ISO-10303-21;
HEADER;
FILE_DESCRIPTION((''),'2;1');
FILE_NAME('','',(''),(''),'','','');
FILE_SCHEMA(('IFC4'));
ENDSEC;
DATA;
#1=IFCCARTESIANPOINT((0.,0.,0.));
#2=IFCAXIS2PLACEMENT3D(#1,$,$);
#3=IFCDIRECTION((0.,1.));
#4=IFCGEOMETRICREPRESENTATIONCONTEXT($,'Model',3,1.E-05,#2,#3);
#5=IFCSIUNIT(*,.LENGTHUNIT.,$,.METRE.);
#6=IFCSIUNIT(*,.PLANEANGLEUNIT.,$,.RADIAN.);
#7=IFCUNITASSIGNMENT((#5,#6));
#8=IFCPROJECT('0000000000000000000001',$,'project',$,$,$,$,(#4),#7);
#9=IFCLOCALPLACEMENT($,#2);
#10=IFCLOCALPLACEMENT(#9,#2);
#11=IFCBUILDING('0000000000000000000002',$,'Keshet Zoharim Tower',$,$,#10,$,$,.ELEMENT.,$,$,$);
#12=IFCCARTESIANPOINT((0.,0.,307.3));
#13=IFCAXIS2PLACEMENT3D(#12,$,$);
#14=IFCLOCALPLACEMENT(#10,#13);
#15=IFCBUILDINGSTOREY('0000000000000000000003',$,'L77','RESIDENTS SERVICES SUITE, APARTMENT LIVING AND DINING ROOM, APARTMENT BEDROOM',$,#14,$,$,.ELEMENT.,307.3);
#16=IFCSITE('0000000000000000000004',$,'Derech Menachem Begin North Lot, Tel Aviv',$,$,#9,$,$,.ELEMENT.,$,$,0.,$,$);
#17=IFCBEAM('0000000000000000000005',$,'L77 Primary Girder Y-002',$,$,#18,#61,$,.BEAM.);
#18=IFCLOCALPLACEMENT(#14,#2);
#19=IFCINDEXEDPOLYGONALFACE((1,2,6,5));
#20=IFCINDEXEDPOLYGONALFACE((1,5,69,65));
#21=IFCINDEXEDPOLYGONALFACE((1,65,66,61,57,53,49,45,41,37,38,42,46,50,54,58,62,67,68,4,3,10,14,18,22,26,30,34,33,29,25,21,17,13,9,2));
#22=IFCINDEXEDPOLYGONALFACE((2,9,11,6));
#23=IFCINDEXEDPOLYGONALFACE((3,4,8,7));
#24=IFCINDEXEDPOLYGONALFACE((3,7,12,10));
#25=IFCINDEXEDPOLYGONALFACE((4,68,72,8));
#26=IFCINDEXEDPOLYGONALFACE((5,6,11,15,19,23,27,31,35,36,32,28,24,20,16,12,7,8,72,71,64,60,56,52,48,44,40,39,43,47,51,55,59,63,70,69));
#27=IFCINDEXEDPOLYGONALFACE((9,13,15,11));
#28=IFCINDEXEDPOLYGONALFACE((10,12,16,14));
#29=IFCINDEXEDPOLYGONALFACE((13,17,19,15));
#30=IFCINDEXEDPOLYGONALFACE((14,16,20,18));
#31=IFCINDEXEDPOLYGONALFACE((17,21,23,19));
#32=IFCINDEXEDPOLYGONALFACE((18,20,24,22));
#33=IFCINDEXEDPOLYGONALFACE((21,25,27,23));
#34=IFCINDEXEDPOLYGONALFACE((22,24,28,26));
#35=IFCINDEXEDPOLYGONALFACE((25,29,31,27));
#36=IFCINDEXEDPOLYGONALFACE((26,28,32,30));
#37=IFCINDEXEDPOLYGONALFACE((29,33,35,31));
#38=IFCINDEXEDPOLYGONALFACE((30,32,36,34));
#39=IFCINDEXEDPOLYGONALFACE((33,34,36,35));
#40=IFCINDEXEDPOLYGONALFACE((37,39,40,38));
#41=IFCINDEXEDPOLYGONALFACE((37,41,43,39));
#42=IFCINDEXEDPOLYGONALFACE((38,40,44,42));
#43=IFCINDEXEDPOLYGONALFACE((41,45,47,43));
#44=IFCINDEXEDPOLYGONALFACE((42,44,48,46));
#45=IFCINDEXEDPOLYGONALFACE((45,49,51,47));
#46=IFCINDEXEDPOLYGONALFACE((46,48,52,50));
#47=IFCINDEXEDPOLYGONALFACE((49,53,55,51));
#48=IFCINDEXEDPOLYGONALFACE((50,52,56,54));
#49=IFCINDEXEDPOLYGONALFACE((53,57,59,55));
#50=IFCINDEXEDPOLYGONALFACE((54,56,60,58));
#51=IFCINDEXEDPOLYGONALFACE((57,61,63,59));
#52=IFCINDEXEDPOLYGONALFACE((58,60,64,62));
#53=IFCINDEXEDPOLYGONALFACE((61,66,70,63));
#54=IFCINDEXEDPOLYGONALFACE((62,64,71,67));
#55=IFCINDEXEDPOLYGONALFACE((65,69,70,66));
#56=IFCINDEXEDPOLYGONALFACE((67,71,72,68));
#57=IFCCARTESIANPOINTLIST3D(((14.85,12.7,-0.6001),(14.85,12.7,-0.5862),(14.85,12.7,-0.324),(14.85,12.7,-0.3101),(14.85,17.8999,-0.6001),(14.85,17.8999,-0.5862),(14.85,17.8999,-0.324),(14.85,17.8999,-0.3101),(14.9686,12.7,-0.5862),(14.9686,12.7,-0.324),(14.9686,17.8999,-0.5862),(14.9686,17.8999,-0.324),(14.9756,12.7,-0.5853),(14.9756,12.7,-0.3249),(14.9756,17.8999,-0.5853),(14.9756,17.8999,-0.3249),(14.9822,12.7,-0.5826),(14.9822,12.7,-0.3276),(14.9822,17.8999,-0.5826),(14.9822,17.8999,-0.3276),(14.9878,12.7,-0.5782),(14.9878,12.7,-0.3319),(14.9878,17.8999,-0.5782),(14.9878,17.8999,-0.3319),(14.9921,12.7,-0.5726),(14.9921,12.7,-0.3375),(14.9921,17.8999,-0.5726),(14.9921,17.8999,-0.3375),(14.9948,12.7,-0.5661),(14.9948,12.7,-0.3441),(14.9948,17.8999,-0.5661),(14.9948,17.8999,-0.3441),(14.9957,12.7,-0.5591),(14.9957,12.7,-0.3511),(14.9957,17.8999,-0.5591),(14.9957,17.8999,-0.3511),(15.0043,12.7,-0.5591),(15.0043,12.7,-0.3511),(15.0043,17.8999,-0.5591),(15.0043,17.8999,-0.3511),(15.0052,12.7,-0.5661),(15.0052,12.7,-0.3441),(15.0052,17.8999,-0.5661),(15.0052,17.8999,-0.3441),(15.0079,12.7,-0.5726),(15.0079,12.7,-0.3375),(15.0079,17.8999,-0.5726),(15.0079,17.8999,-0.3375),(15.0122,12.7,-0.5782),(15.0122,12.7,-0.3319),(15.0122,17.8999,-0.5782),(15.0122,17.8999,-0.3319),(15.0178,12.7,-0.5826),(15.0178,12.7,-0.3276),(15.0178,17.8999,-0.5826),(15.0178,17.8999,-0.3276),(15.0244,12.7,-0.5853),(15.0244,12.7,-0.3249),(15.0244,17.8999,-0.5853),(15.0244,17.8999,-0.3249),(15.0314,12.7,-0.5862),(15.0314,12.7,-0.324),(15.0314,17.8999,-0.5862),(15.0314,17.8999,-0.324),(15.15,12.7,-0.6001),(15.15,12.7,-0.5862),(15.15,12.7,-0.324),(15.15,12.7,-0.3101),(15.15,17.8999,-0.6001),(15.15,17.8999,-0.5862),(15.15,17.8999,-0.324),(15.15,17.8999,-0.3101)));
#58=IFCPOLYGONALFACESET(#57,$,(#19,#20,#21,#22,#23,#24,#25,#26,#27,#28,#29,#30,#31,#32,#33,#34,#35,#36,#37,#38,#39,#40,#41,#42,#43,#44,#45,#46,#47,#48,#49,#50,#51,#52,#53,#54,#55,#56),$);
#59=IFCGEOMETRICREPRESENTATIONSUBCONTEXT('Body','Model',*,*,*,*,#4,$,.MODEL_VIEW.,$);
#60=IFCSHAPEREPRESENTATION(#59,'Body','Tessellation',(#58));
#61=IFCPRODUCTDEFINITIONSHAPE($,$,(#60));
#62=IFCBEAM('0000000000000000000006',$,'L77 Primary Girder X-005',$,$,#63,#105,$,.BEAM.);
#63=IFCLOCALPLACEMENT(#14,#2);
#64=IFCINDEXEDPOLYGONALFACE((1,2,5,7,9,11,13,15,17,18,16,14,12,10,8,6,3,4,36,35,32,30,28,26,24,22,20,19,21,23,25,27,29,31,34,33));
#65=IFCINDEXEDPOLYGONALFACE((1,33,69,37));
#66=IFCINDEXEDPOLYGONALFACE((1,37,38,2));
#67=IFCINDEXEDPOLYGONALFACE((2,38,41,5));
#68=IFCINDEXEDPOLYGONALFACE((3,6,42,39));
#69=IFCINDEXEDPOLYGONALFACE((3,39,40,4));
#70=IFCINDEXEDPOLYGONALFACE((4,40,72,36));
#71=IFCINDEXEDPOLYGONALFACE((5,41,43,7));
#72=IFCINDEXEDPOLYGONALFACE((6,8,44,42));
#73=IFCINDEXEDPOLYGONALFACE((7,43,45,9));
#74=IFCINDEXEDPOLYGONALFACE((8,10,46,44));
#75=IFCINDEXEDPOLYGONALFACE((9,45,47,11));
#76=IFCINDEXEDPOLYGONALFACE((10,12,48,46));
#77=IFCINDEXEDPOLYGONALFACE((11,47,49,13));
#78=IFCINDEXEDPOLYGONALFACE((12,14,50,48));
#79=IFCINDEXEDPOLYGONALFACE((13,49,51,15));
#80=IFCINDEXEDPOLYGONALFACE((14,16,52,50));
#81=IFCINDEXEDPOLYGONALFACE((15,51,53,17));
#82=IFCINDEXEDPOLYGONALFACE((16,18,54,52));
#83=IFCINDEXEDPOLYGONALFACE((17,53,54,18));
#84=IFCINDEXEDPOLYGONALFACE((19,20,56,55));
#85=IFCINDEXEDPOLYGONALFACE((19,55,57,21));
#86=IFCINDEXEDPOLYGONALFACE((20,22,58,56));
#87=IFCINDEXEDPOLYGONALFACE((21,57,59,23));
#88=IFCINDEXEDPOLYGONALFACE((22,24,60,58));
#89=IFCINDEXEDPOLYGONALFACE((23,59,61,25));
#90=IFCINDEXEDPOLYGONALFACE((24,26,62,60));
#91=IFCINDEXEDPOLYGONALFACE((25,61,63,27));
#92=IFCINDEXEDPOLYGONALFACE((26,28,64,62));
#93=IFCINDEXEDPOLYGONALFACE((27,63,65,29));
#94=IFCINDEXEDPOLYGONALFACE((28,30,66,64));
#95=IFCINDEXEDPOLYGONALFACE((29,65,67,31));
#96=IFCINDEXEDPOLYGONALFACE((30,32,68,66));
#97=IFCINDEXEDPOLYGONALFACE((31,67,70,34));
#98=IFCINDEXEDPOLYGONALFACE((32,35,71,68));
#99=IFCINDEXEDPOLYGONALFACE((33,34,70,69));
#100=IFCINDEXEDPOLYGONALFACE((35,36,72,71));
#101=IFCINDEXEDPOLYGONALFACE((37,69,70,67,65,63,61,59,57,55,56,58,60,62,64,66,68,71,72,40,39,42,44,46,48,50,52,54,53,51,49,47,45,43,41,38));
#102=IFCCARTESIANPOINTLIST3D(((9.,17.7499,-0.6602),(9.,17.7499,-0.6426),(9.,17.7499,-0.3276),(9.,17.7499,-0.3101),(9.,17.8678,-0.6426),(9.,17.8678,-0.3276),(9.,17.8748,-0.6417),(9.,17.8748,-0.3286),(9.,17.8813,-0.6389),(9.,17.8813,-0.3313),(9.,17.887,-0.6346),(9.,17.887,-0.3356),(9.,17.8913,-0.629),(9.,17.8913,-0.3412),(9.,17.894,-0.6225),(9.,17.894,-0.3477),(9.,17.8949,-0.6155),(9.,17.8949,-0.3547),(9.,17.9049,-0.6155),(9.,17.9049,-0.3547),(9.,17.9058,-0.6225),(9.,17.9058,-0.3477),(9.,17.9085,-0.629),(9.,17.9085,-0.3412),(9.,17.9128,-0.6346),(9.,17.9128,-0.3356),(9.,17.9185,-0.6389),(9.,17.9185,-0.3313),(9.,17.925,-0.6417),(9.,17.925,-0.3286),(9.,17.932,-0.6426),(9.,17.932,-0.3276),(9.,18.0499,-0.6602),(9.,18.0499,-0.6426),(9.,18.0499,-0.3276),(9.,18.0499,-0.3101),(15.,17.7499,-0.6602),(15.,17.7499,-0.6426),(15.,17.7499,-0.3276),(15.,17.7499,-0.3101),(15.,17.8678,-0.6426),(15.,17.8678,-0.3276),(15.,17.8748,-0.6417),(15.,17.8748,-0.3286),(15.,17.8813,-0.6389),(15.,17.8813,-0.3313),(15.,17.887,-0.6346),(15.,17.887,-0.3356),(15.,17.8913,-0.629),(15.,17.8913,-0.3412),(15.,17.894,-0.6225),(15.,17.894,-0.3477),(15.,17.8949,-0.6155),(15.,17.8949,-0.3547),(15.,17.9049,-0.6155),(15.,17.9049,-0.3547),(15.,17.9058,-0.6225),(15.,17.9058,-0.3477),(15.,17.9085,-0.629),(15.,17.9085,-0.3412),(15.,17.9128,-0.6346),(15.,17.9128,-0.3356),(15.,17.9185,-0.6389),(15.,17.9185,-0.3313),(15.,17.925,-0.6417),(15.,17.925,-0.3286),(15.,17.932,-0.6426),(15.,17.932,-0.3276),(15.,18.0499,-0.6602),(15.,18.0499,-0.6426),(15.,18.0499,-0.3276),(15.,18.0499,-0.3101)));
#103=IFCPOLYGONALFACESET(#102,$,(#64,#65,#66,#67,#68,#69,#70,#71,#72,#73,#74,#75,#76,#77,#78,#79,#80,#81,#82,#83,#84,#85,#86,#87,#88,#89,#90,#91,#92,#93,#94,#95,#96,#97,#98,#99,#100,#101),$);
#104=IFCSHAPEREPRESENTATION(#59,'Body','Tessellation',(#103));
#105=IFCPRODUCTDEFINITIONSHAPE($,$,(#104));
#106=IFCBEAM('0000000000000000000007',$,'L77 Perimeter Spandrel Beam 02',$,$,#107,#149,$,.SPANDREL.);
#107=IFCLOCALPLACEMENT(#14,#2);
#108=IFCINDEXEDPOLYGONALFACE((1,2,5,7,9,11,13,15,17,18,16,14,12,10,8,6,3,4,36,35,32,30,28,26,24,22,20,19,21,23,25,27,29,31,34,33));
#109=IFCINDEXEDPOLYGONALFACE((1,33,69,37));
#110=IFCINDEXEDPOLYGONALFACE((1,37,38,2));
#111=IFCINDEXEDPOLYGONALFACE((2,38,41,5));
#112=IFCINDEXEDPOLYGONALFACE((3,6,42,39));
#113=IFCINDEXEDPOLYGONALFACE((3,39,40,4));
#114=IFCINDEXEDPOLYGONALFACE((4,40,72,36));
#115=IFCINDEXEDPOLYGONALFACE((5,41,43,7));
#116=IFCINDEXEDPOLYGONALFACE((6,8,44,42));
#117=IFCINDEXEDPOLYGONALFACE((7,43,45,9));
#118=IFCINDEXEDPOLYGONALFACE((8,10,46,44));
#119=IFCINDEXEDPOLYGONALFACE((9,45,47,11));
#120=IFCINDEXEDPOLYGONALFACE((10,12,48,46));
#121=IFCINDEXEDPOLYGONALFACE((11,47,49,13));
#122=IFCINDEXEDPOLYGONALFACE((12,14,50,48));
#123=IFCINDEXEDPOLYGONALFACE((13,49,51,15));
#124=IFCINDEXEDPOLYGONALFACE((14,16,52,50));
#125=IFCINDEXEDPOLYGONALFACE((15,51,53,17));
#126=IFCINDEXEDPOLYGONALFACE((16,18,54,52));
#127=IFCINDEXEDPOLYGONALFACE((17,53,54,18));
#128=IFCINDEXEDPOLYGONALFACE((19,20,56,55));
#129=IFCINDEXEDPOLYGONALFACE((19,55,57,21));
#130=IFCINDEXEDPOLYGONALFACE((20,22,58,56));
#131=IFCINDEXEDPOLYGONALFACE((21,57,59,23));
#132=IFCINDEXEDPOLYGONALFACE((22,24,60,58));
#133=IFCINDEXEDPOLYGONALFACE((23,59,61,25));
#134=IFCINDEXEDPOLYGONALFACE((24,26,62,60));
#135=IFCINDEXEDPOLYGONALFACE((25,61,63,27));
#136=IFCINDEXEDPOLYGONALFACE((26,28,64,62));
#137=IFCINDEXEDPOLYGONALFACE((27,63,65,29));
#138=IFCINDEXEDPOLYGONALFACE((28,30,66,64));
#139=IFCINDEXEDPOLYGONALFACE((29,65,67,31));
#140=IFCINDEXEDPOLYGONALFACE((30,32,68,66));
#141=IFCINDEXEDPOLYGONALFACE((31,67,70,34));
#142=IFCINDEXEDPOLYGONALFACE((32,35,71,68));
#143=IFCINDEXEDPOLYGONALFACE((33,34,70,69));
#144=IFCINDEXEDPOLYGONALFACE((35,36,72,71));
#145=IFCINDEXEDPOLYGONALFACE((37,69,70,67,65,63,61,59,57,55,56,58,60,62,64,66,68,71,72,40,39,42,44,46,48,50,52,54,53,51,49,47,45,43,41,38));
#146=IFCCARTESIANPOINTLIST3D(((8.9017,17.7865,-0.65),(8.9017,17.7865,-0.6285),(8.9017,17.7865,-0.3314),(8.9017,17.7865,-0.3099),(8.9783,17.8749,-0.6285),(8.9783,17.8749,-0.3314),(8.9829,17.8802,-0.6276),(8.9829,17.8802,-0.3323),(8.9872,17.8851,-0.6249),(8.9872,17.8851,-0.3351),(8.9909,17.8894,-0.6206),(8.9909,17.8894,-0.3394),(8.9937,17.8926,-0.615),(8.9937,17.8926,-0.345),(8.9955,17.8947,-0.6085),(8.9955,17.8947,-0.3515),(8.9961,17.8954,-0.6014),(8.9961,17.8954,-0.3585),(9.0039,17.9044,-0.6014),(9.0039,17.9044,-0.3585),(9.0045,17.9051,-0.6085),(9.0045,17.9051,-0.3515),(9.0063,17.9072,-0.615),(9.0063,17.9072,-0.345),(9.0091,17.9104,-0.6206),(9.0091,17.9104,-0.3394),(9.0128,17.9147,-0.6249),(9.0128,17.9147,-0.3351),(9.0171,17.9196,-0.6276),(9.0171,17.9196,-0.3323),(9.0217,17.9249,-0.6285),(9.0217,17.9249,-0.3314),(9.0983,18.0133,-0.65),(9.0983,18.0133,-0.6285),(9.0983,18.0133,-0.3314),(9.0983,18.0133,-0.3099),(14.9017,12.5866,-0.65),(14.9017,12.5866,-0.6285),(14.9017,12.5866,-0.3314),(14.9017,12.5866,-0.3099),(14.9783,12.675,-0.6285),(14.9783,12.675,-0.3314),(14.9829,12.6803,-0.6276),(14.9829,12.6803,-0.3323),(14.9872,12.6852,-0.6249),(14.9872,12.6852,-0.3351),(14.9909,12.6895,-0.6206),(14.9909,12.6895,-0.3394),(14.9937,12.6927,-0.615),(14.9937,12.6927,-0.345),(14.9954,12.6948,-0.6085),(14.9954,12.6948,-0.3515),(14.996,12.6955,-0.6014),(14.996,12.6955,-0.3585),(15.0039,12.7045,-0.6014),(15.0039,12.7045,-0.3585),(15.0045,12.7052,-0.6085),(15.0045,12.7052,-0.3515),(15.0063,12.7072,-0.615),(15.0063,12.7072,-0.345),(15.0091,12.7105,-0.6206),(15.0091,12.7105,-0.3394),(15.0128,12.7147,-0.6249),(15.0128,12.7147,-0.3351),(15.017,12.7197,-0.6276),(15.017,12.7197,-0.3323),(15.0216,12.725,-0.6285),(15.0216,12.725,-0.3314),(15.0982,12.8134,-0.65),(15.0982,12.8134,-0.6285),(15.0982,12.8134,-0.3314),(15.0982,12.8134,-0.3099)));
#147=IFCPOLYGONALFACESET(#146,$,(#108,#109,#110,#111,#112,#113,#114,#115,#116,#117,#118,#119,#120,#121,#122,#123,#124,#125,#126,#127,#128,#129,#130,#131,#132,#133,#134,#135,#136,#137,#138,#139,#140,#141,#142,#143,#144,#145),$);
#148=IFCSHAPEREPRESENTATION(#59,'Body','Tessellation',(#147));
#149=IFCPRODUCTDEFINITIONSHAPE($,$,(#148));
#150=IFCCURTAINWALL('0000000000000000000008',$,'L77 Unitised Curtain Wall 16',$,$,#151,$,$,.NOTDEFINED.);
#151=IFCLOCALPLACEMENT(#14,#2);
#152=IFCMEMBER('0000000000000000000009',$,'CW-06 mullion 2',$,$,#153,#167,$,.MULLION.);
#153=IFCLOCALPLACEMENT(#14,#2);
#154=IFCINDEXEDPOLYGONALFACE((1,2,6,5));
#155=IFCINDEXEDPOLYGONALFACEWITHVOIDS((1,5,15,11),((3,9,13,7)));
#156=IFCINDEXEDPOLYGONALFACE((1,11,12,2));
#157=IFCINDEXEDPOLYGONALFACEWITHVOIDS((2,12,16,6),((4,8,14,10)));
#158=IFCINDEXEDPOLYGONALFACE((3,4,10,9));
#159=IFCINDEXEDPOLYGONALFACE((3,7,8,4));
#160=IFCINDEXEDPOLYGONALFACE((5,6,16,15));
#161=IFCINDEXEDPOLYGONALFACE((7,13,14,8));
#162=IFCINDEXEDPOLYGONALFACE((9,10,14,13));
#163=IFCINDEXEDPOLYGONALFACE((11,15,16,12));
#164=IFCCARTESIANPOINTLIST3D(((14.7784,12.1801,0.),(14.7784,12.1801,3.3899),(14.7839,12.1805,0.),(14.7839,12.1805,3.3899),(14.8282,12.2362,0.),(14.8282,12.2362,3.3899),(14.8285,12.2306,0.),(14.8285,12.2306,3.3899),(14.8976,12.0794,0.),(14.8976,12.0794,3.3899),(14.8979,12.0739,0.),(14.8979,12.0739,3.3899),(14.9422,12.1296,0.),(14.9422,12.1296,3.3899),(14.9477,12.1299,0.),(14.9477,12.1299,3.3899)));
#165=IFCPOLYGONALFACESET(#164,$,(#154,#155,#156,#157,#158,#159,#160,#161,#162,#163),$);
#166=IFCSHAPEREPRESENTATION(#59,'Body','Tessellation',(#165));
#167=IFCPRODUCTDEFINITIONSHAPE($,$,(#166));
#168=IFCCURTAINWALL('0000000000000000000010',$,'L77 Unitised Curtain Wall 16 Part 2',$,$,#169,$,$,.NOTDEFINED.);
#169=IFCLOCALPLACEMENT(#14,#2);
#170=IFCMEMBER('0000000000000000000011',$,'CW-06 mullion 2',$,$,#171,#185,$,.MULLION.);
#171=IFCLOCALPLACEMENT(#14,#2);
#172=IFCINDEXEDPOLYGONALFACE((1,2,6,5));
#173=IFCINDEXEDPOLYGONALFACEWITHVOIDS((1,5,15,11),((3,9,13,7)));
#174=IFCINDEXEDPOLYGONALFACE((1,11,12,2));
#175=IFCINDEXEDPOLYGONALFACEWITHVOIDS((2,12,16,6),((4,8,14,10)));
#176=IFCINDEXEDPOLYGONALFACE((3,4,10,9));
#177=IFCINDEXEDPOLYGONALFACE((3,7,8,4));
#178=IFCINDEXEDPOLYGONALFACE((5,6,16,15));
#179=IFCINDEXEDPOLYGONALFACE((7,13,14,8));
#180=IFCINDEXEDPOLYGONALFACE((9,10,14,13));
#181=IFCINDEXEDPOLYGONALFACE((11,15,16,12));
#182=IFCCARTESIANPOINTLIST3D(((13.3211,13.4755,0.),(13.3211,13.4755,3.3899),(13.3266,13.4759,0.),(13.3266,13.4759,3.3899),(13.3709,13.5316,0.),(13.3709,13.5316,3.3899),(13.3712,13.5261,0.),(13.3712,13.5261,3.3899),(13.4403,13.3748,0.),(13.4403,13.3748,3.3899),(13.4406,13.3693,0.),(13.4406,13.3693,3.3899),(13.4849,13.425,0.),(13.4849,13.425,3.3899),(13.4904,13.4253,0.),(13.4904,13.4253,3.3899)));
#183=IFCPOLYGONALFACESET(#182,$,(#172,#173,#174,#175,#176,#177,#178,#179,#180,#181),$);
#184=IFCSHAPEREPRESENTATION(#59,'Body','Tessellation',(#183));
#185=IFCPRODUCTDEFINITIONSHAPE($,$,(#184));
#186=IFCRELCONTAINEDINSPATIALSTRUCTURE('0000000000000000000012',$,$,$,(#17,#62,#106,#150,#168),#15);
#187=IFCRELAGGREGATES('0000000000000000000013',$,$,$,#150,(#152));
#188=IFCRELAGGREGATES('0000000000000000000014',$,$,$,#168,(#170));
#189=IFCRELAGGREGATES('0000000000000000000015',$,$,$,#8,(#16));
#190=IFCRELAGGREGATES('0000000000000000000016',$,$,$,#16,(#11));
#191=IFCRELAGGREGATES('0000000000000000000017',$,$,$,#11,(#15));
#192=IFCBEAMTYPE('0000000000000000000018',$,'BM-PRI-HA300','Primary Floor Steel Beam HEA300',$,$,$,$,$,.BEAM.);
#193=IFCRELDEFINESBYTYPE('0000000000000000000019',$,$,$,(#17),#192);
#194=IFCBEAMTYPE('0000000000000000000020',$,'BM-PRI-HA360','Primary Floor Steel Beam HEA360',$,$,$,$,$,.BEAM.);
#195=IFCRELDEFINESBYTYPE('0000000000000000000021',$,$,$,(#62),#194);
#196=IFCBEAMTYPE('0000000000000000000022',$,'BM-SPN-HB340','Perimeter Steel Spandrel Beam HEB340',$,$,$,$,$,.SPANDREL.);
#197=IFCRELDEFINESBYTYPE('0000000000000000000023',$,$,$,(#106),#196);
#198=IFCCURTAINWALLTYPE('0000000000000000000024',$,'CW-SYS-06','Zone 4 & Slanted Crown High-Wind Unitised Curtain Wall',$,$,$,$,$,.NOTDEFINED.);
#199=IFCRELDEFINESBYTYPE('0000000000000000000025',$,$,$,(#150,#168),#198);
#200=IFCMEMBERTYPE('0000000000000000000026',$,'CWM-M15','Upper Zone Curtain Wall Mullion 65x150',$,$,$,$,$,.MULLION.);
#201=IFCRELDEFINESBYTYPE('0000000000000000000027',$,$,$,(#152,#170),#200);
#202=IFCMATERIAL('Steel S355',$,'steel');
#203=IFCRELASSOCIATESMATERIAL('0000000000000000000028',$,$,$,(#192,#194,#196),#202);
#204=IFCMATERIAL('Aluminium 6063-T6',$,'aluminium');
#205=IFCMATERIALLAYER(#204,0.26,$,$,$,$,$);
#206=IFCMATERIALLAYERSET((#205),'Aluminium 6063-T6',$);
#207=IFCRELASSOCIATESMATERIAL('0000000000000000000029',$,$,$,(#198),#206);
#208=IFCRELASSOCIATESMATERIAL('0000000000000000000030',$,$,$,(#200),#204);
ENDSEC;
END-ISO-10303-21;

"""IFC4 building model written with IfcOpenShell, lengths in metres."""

from ifc_helpers import new_model, si_unit, direction, frame, origin, origin_2d, place, context, subcontext, project, spatial, hollow_rectangle, i_section, extrude, material, layer, layer_set, material_profile, profile_set, type_object, element, aggregate, save


model = new_model("IFC4")

# Units and contexts
model_context = context("Model", 3, precision=1e-05, world=origin(), true_north=direction((0.0, 1.0)))
body_context = subcontext(model_context, "Body", "Model", "MODEL_VIEW")
ifc_project = project(units=[si_unit("LENGTHUNIT", "METRE"), si_unit("PLANEANGLEUNIT", "RADIAN")], contexts=[model_context])

# Site, building, storey
site_placement = place(None, origin())
site = spatial("IfcSite", under=ifc_project, at=site_placement, Name="Derech Menachem Begin North Lot, Tel Aviv", CompositionType="ELEMENT", RefElevation=0.0)
building_placement = place(site_placement, origin())
building = spatial("IfcBuilding", under=site, at=building_placement, Name="Keshet Zoharim Tower", CompositionType="ELEMENT")
storey_placement = place(building_placement, frame((0.0, 0.0, 307.3)))
storey = spatial("IfcBuildingStorey", under=building, at=storey_placement, Name="L77", Description="RESIDENTS SERVICES SUITE, APARTMENT LIVING AND DINING ROOM, APARTMENT BEDROOM", CompositionType="ELEMENT", Elevation=307.3)

# Shared definitions
ifc_material_1 = material(Name="Steel S355", Category="steel")

# Beams
ifc_material_profile_1 = material_profile(ifc_material_1, i_section(OverallWidth=0.3, OverallDepth=0.29, WebThickness=0.0085, FlangeThickness=0.0139, FilletRadius=0.0271, at=origin_2d()), Name="HEA300")
ifc_profile_set_1 = profile_set([ifc_material_profile_1], Name="Steel S355")
beam_type_1 = type_object("IfcBeamType", Name="BM-PRI-HA300", Description="Primary Floor Steel Beam HEA300", PredefinedType="BEAM", material=ifc_profile_set_1)
beam_1_placement = place(storey_placement, frame((15.0, 12.7, -0.4551), z_axis=(0.0, 1.0, 0.0), x_axis=(-1.0, 0.0, 0.0)))
element("IfcBeam", 1, at=beam_1_placement, inside=storey, type_object=beam_type_1, Name="L77 Primary Girder Y-002", PredefinedType="BEAM", context=body_context, shape_type="SweptSolid", body=[
    extrude(i_section(OverallWidth=0.3, OverallDepth=0.29, WebThickness=0.0085, FlangeThickness=0.0139, FilletRadius=0.0271, at=origin_2d()), origin(), (0.0, 0.0, 1.0), 5.2),
])
ifc_material_profile_2 = material_profile(ifc_material_1, i_section(OverallWidth=0.3, OverallDepth=0.3501, WebThickness=0.01, FlangeThickness=0.0176, FilletRadius=0.0271, at=origin_2d()), Name="HEA360")
ifc_profile_set_2 = profile_set([ifc_material_profile_2], Name="Steel S355")
beam_type_2 = type_object("IfcBeamType", Name="BM-PRI-HA360", Description="Primary Floor Steel Beam HEA360", PredefinedType="BEAM", material=ifc_profile_set_2)
beam_2_placement = place(storey_placement, frame((9.0, 17.8999, -0.4851), z_axis=(1.0, 0.0, 0.0), x_axis=(0.0, 1.0, 0.0)))
element("IfcBeam", 2, at=beam_2_placement, inside=storey, type_object=beam_type_2, Name="L77 Primary Girder X-005", PredefinedType="BEAM", context=body_context, shape_type="SweptSolid", body=[
    extrude(i_section(OverallWidth=0.3, OverallDepth=0.3501, WebThickness=0.01, FlangeThickness=0.0176, FilletRadius=0.0271, at=origin_2d()), origin(), (0.0, 0.0, 1.0), 6.0),
])
ifc_material_profile_3 = material_profile(ifc_material_1, i_section(OverallWidth=0.3, OverallDepth=0.3401, WebThickness=0.012, FlangeThickness=0.0215, FilletRadius=0.0271, at=origin_2d()), Name="HEB340")
ifc_profile_set_3 = profile_set([ifc_material_profile_3], Name="Steel S355")
beam_type_3 = type_object("IfcBeamType", Name="BM-SPN-HB340", Description="Perimeter Steel Spandrel Beam HEB340", PredefinedType="SPANDREL", material=ifc_profile_set_3)
beam_3_placement = place(storey_placement, frame((9.0, 17.8999, -0.48), z_axis=(0.755692, -0.654927, 0.0), x_axis=(0.654927, 0.755692, 0.0)))
element("IfcBeam", 3, at=beam_3_placement, inside=storey, type_object=beam_type_3, Name="L77 Perimeter Spandrel Beam 02", PredefinedType="SPANDREL", context=body_context, shape_type="SweptSolid", body=[
    extrude(i_section(OverallWidth=0.3, OverallDepth=0.3401, WebThickness=0.012, FlangeThickness=0.0215, FilletRadius=0.0271, at=origin_2d()), origin(), (0.0, 0.0, 1.0), 7.9397),
])

# Curtain wall, member
ifc_material_2 = material(Name="Aluminium 6063-T6", Category="aluminium")
ifc_layer_1 = layer(ifc_material_2, 0.26)
ifc_layer_set_1 = layer_set([ifc_layer_1], Name="Aluminium 6063-T6")
curtain_wall_type = type_object("IfcCurtainWallType", Name="CW-SYS-06", Description="Zone 4 & Slanted Crown High-Wind Unitised Curtain Wall", PredefinedType="NOTDEFINED", material=ifc_layer_set_1)
curtain_wall_1_placement = place(storey_placement, origin())
curtain_wall_1 = element("IfcCurtainWall", 4, at=curtain_wall_1_placement, inside=storey, type_object=curtain_wall_type, Name="L77 Unitised Curtain Wall 16", PredefinedType="NOTDEFINED")
ifc_material_profile_4 = material_profile(ifc_material_2, hollow_rectangle(XDim=0.075, YDim=0.1599, WallThickness=0.0039, at=origin_2d()), Name="MUL-75x160")
ifc_profile_set_4 = profile_set([ifc_material_profile_4], Name="Aluminium 6063-T6")
member_type_1 = type_object("IfcMemberType", Name="CWM-M15", Description="Upper Zone Curtain Wall Mullion 65x150", PredefinedType="MULLION", material=ifc_profile_set_4)
member_1_placement = place(storey_placement, frame((14.863, 12.155, 0.0), z_axis=(0.0, 0.0, 1.0), x_axis=(-0.664362, -0.747411, 0.0)))
member_1 = element("IfcMember", 5, at=member_1_placement, type_object=member_type_1, Name="CW-06 mullion 2", PredefinedType="MULLION", context=body_context, shape_type="SweptSolid", body=[
    extrude(hollow_rectangle(XDim=0.075, YDim=0.1599, WallThickness=0.0039, at=origin_2d()), origin(), (0.0, 0.0, 1.0), 3.3899),
])
aggregate(curtain_wall_1, [member_1])

# Curtain wall, member
curtain_wall_2_placement = place(storey_placement, origin())
curtain_wall_2 = element("IfcCurtainWall", 6, at=curtain_wall_2_placement, inside=storey, type_object=curtain_wall_type, Name="L77 Unitised Curtain Wall 16 Part 2", PredefinedType="NOTDEFINED")
member_2_placement = place(storey_placement, frame((13.4058, 13.4504, 0.0), z_axis=(0.0, 0.0, 1.0), x_axis=(-0.664338, -0.747432, 0.0)))
member_2 = element("IfcMember", 7, at=member_2_placement, type_object=member_type_1, Name="CW-06 mullion 2", PredefinedType="MULLION", context=body_context, shape_type="SweptSolid", body=[
    extrude(hollow_rectangle(XDim=0.075, YDim=0.1599, WallThickness=0.0039, at=origin_2d()), origin(), (0.0, 0.0, 1.0), 3.3899),
])

aggregate(curtain_wall_2, [member_2])

save(model, "model.ifc")
